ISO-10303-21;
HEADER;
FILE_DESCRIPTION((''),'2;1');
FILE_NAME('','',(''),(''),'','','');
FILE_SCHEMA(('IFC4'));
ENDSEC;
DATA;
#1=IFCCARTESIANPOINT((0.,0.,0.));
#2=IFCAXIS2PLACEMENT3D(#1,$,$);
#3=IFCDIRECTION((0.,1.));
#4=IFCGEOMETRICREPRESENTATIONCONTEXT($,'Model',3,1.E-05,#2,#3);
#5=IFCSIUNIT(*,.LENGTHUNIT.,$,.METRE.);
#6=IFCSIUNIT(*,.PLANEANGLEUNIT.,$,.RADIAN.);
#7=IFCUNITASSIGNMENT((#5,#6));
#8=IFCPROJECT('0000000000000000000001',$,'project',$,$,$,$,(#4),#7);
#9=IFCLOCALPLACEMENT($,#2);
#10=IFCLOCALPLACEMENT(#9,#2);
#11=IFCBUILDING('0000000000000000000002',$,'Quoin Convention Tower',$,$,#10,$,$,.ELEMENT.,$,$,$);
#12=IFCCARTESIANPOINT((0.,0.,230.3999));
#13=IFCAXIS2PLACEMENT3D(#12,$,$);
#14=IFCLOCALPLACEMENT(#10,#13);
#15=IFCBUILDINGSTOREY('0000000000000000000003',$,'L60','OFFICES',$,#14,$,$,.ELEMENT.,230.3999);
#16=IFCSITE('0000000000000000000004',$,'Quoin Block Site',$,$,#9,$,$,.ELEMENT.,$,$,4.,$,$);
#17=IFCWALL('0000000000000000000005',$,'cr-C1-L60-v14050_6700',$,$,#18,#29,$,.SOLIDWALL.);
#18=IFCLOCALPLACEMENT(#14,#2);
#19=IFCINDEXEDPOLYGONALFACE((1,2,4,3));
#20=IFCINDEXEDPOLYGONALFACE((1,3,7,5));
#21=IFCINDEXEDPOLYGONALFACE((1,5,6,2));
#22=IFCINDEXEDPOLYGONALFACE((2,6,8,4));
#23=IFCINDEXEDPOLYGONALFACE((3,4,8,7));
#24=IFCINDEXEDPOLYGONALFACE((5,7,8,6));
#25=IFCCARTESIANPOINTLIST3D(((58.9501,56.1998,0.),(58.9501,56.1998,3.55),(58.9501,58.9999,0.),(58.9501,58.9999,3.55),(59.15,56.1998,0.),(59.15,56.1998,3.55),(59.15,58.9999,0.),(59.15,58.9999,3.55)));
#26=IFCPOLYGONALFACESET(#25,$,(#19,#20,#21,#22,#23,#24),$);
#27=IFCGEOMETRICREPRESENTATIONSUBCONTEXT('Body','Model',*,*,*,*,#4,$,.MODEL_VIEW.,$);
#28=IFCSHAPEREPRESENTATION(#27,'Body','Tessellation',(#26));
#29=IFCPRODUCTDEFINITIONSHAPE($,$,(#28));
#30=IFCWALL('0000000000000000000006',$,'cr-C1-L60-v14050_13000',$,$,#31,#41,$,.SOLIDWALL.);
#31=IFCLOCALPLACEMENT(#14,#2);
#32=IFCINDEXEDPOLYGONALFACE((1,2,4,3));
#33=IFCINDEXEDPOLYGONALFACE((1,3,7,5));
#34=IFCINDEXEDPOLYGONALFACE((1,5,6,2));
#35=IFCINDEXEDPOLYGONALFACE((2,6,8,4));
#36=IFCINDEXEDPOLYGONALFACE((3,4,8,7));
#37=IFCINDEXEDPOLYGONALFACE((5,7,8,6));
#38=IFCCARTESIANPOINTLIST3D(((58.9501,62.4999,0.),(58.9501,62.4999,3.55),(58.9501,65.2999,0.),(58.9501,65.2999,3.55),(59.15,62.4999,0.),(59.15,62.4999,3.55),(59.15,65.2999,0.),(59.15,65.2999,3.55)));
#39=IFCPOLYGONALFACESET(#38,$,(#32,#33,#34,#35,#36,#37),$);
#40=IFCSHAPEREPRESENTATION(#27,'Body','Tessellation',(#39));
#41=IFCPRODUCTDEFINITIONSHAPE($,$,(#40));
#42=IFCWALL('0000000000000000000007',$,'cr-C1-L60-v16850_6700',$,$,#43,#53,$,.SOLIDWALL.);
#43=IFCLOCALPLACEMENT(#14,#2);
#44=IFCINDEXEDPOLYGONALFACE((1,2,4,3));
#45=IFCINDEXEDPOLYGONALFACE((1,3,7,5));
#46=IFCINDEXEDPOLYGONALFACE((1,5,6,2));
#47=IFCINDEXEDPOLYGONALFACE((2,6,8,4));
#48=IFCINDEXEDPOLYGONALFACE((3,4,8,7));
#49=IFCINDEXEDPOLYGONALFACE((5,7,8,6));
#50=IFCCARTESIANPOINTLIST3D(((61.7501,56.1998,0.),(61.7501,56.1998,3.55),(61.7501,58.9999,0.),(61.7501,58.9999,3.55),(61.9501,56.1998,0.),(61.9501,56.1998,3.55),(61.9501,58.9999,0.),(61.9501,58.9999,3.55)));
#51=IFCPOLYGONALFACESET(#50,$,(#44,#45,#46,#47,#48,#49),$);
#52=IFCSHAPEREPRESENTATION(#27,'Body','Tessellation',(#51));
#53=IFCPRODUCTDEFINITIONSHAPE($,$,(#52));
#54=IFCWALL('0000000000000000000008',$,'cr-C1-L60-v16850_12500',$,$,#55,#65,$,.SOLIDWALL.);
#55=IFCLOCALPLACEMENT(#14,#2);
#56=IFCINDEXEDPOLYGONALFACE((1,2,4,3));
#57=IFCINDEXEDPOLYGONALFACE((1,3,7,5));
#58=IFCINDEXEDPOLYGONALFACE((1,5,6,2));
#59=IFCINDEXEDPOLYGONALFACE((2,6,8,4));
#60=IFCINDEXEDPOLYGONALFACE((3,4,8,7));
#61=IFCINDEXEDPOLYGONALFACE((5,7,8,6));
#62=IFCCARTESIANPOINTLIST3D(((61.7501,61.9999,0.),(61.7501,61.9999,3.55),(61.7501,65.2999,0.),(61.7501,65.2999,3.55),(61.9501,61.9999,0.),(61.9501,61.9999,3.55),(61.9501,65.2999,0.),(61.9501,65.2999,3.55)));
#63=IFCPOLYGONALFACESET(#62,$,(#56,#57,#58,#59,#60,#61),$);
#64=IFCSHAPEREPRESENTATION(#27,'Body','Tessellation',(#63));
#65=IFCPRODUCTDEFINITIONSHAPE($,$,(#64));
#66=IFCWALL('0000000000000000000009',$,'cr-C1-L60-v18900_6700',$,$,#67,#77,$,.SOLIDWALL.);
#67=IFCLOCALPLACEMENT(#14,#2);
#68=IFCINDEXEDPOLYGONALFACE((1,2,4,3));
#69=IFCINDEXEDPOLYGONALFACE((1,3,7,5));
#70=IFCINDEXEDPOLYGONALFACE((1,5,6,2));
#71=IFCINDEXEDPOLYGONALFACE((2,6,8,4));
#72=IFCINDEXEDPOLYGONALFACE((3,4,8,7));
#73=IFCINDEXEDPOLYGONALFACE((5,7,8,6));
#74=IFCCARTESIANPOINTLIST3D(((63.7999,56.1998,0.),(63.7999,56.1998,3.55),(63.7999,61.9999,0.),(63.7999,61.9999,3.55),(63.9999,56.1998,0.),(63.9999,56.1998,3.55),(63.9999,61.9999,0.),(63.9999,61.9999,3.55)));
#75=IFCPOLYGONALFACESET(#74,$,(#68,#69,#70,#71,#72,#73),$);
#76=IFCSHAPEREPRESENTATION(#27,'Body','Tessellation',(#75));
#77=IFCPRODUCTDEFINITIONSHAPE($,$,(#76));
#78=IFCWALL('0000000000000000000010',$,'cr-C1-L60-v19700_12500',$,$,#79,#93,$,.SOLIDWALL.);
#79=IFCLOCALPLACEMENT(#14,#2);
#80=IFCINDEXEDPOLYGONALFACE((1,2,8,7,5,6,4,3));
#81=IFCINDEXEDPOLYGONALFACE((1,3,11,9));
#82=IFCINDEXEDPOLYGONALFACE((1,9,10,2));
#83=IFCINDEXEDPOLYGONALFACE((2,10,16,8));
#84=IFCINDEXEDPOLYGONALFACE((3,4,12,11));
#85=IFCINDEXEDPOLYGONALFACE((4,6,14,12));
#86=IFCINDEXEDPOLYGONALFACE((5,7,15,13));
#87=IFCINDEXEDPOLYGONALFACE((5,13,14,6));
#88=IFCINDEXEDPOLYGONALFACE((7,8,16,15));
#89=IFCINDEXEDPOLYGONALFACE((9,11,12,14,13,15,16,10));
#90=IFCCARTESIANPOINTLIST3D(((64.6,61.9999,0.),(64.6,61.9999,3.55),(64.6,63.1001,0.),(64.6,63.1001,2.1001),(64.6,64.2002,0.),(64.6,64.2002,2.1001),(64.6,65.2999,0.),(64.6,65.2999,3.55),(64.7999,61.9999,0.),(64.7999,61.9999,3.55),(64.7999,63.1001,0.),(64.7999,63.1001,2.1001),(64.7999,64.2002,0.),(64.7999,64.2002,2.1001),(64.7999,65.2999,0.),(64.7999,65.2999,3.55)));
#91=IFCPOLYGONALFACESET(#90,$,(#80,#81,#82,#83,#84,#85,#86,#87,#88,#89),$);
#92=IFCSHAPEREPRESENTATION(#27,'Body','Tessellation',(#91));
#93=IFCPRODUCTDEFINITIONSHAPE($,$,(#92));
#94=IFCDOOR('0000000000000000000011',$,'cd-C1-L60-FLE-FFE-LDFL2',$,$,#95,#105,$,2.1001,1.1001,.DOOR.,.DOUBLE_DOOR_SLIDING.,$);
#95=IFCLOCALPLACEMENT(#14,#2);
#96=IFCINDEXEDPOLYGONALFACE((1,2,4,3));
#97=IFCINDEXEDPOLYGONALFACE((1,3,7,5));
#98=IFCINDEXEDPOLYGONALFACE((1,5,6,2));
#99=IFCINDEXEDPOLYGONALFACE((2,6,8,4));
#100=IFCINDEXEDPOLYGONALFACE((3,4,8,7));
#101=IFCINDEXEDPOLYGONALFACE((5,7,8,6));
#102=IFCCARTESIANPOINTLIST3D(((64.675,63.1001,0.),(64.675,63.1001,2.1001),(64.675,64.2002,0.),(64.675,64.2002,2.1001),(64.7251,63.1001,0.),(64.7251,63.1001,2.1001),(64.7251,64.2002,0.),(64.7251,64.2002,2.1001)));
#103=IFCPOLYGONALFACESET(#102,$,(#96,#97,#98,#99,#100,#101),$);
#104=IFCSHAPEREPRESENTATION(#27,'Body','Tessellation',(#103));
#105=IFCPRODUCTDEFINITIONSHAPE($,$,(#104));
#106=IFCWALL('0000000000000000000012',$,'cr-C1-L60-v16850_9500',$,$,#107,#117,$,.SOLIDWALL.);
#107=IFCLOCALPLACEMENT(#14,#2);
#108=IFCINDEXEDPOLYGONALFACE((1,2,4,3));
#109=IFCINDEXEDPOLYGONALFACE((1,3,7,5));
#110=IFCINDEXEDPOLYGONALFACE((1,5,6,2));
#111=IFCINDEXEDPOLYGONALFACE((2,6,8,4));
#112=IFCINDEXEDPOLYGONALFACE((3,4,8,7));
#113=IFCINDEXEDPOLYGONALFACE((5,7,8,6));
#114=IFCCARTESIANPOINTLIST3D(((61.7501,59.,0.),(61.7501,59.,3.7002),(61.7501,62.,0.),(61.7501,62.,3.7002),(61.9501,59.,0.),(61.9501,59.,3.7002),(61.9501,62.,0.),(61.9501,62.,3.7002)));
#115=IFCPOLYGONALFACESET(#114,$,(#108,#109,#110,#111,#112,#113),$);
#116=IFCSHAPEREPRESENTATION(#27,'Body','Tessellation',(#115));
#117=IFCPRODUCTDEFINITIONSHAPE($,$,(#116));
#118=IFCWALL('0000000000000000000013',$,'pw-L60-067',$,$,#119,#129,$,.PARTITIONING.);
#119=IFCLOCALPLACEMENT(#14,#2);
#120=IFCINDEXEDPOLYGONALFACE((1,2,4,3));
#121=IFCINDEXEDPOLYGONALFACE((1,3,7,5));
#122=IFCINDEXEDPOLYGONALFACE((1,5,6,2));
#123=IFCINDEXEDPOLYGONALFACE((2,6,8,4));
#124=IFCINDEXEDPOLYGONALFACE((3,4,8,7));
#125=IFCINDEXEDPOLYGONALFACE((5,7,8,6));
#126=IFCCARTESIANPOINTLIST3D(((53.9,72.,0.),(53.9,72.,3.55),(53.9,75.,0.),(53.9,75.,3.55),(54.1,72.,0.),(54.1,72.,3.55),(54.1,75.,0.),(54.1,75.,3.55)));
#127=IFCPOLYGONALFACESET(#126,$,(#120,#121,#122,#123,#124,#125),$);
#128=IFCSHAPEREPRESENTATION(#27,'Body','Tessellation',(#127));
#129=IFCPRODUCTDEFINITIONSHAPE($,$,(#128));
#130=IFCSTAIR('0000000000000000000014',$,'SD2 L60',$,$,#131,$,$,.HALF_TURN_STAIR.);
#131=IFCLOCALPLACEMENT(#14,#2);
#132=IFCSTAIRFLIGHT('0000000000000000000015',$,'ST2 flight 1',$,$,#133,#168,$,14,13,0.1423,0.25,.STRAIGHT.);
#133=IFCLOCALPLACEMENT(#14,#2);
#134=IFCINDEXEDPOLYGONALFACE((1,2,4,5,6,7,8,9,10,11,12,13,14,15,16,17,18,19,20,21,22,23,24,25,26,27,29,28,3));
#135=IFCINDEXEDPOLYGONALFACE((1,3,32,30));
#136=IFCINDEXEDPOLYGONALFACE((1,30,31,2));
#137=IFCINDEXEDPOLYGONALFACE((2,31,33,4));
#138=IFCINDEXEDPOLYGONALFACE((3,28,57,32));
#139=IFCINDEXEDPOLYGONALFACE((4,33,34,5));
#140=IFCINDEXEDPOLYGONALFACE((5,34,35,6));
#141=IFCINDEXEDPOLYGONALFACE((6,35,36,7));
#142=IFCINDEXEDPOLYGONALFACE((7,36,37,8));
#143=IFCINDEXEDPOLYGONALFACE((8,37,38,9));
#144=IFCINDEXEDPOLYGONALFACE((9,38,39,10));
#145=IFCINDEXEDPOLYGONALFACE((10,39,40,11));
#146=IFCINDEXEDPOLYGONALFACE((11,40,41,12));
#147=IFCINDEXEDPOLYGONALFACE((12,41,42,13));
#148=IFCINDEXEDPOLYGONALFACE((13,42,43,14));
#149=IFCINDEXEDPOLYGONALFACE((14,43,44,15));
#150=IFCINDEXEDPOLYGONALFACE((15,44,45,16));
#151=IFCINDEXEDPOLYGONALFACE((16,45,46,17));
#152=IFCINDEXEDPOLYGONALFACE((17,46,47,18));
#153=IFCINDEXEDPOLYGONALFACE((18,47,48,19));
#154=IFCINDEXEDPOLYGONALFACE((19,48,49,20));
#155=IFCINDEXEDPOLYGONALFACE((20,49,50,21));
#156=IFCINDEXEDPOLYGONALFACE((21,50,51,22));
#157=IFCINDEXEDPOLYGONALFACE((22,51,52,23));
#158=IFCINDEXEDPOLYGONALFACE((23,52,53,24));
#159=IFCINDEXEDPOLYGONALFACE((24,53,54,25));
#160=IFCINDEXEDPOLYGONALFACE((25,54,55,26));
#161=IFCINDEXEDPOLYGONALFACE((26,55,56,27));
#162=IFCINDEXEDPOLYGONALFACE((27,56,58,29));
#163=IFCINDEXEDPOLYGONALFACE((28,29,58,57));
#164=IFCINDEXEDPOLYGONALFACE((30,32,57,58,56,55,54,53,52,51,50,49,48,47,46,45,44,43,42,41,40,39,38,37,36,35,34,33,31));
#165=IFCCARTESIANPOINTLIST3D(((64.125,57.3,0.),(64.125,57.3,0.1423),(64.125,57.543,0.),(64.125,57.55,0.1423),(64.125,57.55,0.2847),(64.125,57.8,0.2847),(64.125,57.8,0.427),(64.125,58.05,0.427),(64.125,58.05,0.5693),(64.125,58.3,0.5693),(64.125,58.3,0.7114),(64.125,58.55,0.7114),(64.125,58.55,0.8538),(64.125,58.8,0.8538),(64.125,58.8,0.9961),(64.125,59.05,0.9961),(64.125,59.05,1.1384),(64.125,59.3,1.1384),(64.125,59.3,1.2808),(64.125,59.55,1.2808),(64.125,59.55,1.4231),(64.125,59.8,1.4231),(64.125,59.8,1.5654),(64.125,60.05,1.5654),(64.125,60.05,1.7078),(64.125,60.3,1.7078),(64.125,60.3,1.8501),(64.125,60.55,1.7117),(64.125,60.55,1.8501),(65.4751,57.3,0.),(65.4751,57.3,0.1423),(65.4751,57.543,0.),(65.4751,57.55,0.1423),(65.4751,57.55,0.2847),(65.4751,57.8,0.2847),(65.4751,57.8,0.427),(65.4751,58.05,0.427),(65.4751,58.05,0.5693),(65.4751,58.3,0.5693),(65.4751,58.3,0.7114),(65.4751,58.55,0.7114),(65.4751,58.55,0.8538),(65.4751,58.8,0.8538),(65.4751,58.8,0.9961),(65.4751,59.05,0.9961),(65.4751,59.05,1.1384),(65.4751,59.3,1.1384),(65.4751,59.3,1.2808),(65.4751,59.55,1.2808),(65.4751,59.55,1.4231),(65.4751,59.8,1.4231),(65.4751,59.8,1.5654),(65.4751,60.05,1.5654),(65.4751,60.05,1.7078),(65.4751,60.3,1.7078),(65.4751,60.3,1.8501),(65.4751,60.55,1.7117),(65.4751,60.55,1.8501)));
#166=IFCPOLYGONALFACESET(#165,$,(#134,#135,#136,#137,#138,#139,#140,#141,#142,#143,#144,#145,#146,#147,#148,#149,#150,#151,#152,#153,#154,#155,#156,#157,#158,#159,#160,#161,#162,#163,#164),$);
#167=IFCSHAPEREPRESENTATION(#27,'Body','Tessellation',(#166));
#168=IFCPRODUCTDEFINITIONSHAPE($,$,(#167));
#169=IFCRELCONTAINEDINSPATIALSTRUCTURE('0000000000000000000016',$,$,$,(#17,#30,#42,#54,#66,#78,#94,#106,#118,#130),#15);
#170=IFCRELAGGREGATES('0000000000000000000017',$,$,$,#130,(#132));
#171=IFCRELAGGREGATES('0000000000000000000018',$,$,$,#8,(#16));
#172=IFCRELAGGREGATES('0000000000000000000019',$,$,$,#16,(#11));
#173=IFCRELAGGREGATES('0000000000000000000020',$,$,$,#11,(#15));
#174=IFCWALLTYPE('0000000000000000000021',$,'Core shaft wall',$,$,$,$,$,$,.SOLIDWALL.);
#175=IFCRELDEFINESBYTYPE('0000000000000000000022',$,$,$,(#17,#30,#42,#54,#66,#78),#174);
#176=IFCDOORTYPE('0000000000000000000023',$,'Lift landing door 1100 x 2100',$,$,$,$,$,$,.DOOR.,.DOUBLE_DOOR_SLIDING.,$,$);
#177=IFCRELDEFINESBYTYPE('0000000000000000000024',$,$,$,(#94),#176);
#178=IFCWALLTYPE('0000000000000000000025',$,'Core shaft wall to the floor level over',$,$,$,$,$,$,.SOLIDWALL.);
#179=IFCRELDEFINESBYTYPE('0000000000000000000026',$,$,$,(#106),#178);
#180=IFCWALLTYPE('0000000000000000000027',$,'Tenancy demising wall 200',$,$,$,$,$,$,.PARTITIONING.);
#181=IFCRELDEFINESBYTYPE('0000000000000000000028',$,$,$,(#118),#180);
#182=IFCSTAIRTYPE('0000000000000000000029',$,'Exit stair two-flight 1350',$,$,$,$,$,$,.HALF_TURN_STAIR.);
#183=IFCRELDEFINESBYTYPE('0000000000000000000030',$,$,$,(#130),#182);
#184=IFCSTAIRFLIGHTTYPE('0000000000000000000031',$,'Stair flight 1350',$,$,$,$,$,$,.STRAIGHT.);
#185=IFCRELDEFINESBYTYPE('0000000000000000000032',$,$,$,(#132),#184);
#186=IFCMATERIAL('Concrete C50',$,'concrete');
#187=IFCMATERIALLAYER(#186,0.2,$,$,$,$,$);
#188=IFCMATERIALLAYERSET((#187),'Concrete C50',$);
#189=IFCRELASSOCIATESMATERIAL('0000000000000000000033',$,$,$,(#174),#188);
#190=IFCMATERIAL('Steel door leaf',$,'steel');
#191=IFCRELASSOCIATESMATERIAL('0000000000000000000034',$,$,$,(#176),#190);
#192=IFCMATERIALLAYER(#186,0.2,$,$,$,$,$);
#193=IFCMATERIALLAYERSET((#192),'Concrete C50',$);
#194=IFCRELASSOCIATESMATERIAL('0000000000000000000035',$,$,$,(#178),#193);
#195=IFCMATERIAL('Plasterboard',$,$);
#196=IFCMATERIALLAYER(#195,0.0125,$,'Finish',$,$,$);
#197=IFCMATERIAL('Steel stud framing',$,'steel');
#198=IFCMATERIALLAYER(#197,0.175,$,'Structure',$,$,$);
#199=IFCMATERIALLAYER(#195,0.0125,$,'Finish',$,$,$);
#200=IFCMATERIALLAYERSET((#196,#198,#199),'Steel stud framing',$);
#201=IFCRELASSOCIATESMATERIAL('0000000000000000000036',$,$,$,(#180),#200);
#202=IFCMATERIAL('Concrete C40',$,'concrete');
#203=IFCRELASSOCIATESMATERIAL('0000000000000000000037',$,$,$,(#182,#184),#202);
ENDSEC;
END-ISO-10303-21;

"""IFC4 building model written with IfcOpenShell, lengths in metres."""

from ifc_helpers import new_model, si_unit, direction, frame, frame_2d, origin, place, context, subcontext, project, spatial, polyline, rectangle, outline, extrude, material, layer, layer_set, type_object, element, fill, aggregate, save


model = new_model("IFC4")

# Units and contexts
model_context = context("Model", 3, precision=1e-05, world=origin(), true_north=direction((0.0, 1.0)))
body_context = subcontext(model_context, "Body", "Model", "MODEL_VIEW")
ifc_project = project(units=[si_unit("LENGTHUNIT", "METRE"), si_unit("PLANEANGLEUNIT", "RADIAN")], contexts=[model_context])

# Site, building, storey
site_placement = place(None, origin())
site = spatial("IfcSite", under=ifc_project, at=site_placement, Name="Quoin Block Site", CompositionType="ELEMENT", RefElevation=4.0)
building_placement = place(site_placement, origin())
building = spatial("IfcBuilding", under=site, at=building_placement, Name="Quoin Convention Tower", CompositionType="ELEMENT")
storey_placement = place(building_placement, frame((0.0, 0.0, 230.3999)))
storey = spatial("IfcBuildingStorey", under=building, at=storey_placement, Name="L60", Description="OFFICES", CompositionType="ELEMENT", Elevation=230.3999)

# Walls
ifc_material_1 = material(Name="Plasterboard")
ifc_material_2 = material(Name="Steel stud framing", Category="steel")
ifc_material_3 = material(Name="Concrete C50", Category="concrete")
ifc_layer_1 = layer(ifc_material_3, 0.2)
ifc_layer_set_1 = layer_set([ifc_layer_1], Name="Concrete C50")
wall_type_1 = type_object("IfcWallType", Name="Core shaft wall", PredefinedType="SOLIDWALL", material=ifc_layer_set_1)
for number, where, z_axis, x_axis, name in (
    (1, (59.05, 56.2, 0.0), (0.0, 0.0, 1.0), (0.0, 1.0, 0.0), "cr-C1-L60-v14050_6700"),
    (2, (59.05, 62.5, 0.0), (0.0, 0.0, 1.0), (0.0, 1.0, 0.0), "cr-C1-L60-v14050_13000"),
    (3, (61.8501, 56.2, 0.0), (0.0, 0.0, 1.0), (0.0, 1.0, 0.0), "cr-C1-L60-v16850_6700"),
):
    element("IfcWall", number, at=place(storey_placement, frame(where, z_axis=z_axis, x_axis=x_axis)), inside=storey, type_object=wall_type_1, Name=name, PredefinedType="SOLIDWALL", context=body_context, shape_type="SweptSolid", body=[
        extrude(rectangle(XDim=2.8, YDim=0.2, at=frame_2d((1.3999, 0.0))), origin(), (0.0, 0.0, 1.0), 3.55),
    ])
wall_1_placement = place(storey_placement, frame((61.8501, 62.0, 0.0), z_axis=(0.0, 0.0, 1.0), x_axis=(0.0, 1.0, 0.0)))
element("IfcWall", 4, at=wall_1_placement, inside=storey, type_object=wall_type_1, Name="cr-C1-L60-v16850_12500", PredefinedType="SOLIDWALL", context=body_context, shape_type="SweptSolid", body=[
    extrude(rectangle(XDim=3.3, YDim=0.2, at=frame_2d((1.6499, 0.0))), origin(), (0.0, 0.0, 1.0), 3.55),
])
wall_2_placement = place(storey_placement, frame((63.8999, 56.2, 0.0), z_axis=(0.0, 0.0, 1.0), x_axis=(0.0, 1.0, 0.0)))
element("IfcWall", 5, at=wall_2_placement, inside=storey, type_object=wall_type_1, Name="cr-C1-L60-v18900_6700", PredefinedType="SOLIDWALL", context=body_context, shape_type="SweptSolid", body=[
    extrude(rectangle(XDim=5.8, YDim=0.2, at=frame_2d((2.8999, 0.0))), origin(), (0.0, 0.0, 1.0), 3.55),
])

# Wall, opening, door
wall_3_placement = place(storey_placement, frame((64.7, 62.0, 0.0), z_axis=(0.0, 0.0, 1.0), x_axis=(0.0, 1.0, 0.0)))
wall_3 = element("IfcWall", 6, at=wall_3_placement, inside=storey, type_object=wall_type_1, Name="cr-C1-L60-v19700_12500", PredefinedType="SOLIDWALL", context=body_context, shape_type="SweptSolid", body=[
    extrude(rectangle(XDim=3.3, YDim=0.2, at=frame_2d((1.6499, 0.0))), origin(), (0.0, 0.0, 1.0), 3.55),
])
opening_placement = place(wall_3_placement, frame((1.1001, 0.0, 0.0)))
opening = element("IfcOpeningElement", 7, at=opening_placement, cuts=wall_3, PredefinedType="OPENING", context=body_context, shape_type="SweptSolid", body=[
    extrude(rectangle(XDim=1.1001, YDim=2.1001, at=frame_2d((0.55, 1.05))), frame((0.0, 0.1099, 0.0), z_axis=(0.0, -1.0, 0.0), x_axis=(1.0, 0.0, 0.0)), (0.0, 0.0, 1.0), 0.22),
])
ifc_material_4 = material(Name="Steel door leaf", Category="steel")
door_type = type_object("IfcDoorType", Name="Lift landing door 1100 x 2100", OperationType="DOUBLE_DOOR_SLIDING", PredefinedType="DOOR", material=ifc_material_4)
door_placement = place(opening_placement, origin())
door = element("IfcDoor", 8, at=door_placement, inside=storey, type_object=door_type, Name="cd-C1-L60-FLE-FFE-LDFL2", OperationType="DOUBLE_DOOR_SLIDING", OverallHeight=2.1001, OverallWidth=1.1001, PredefinedType="DOOR", context=body_context, shape_type="SweptSolid", body=[
    extrude(rectangle(XDim=1.1001, YDim=2.1001, at=frame_2d((0.55, 1.05))), frame((0.0, 0.0249, 0.0), z_axis=(0.0, -1.0, 0.0), x_axis=(1.0, 0.0, 0.0)), (0.0, 0.0, 1.0), 0.05),
])
fill(opening, door)

# Walls
ifc_layer_2 = layer(ifc_material_3, 0.2)
ifc_layer_set_2 = layer_set([ifc_layer_2], Name="Concrete C50")
wall_type_2 = type_object("IfcWallType", Name="Core shaft wall to the floor level over", PredefinedType="SOLIDWALL", material=ifc_layer_set_2)
wall_4_placement = place(storey_placement, frame((61.8501, 59.0, 0.0), z_axis=(0.0, 0.0, 1.0), x_axis=(0.0, 1.0, 0.0)))
element("IfcWall", 9, at=wall_4_placement, inside=storey, type_object=wall_type_2, Name="cr-C1-L60-v16850_9500", PredefinedType="SOLIDWALL", context=body_context, shape_type="SweptSolid", body=[
    extrude(rectangle(XDim=3.0, YDim=0.2, at=frame_2d((1.5, 0.0))), origin(), (0.0, 0.0, 1.0), 3.7002),
])
ifc_layer_3 = layer(ifc_material_1, 0.0125, Name="Finish")
ifc_layer_4 = layer(ifc_material_2, 0.175, Name="Structure")
ifc_layer_5 = layer(ifc_material_1, 0.0125, Name="Finish")
ifc_layer_set_3 = layer_set([ifc_layer_3, ifc_layer_4, ifc_layer_5], Name="Steel stud framing")
wall_type_3 = type_object("IfcWallType", Name="Tenancy demising wall 200", PredefinedType="PARTITIONING", material=ifc_layer_set_3)
wall_5_placement = place(storey_placement, frame((54.0, 72.0, 0.0), z_axis=(0.0, 0.0, 1.0), x_axis=(0.0, 1.0, 0.0)))
element("IfcWall", 10, at=wall_5_placement, inside=storey, type_object=wall_type_3, Name="pw-L60-067", PredefinedType="PARTITIONING", context=body_context, shape_type="SweptSolid", body=[
    extrude(rectangle(XDim=3.0, YDim=0.2, at=frame_2d((1.5, 0.0))), origin(), (0.0, 0.0, 1.0), 3.55),
])

# Stair, stair flight
ifc_material_5 = material(Name="Concrete C40", Category="concrete")
stair_type = type_object("IfcStairType", Name="Exit stair two-flight 1350", PredefinedType="HALF_TURN_STAIR", material=ifc_material_5)
stair_placement = place(storey_placement, origin())
stair = element("IfcStair", 11, at=stair_placement, inside=storey, type_object=stair_type, Name="SD2 L60", PredefinedType="HALF_TURN_STAIR")
stair_flight_type = type_object("IfcStairFlightType", Name="Stair flight 1350", PredefinedType="STRAIGHT", material=ifc_material_5)
stair_flight_placement = place(storey_placement, frame((64.8, 57.3, 0.0), z_axis=(0.0, 0.0, 1.0), x_axis=(0.0, 1.0, 0.0)))
stair_flight = element("IfcStairFlight", 12, at=stair_flight_placement, type_object=stair_flight_type, Name="ST2 flight 1", NumberOfRisers=14, NumberOfTreads=13, PredefinedType="STRAIGHT", RiserHeight=0.1423, TreadLength=0.25, context=body_context, shape_type="SweptSolid", body=[
    extrude(outline(polyline([(0.0, 0.0), (0.0, 0.1423), (0.25, 0.1423), (0.25, 0.2847), (0.5, 0.2847), (0.5, 0.427), (0.75, 0.427), (0.75, 0.5693), (1.0, 0.5693), (1.0, 0.7114), (1.25, 0.7114), (1.25, 0.8538), (1.5, 0.8538), (1.5, 0.9961), (1.75, 0.9961), (1.75, 1.1384), (2.0, 1.1384), (2.0, 1.2808), (2.25, 1.2808), (2.25, 1.4231), (2.5, 1.4231), (2.5, 1.5654), (2.75, 1.5654), (2.75, 1.7078), (3.0, 1.7078), (3.0, 1.8501), (3.25, 1.8501), (3.25, 1.9922), (3.25, 1.7117), (0.2429, 0.0), (0.0, 0.0)])), frame((0.0, 0.675, 0.0), z_axis=(0.0, -1.0, 0.0), x_axis=(1.0, 0.0, 0.0)), (0.0, 0.0, 1.0), 1.3501),
])
aggregate(stair, [stair_flight])

save(model, "model.ifc")
